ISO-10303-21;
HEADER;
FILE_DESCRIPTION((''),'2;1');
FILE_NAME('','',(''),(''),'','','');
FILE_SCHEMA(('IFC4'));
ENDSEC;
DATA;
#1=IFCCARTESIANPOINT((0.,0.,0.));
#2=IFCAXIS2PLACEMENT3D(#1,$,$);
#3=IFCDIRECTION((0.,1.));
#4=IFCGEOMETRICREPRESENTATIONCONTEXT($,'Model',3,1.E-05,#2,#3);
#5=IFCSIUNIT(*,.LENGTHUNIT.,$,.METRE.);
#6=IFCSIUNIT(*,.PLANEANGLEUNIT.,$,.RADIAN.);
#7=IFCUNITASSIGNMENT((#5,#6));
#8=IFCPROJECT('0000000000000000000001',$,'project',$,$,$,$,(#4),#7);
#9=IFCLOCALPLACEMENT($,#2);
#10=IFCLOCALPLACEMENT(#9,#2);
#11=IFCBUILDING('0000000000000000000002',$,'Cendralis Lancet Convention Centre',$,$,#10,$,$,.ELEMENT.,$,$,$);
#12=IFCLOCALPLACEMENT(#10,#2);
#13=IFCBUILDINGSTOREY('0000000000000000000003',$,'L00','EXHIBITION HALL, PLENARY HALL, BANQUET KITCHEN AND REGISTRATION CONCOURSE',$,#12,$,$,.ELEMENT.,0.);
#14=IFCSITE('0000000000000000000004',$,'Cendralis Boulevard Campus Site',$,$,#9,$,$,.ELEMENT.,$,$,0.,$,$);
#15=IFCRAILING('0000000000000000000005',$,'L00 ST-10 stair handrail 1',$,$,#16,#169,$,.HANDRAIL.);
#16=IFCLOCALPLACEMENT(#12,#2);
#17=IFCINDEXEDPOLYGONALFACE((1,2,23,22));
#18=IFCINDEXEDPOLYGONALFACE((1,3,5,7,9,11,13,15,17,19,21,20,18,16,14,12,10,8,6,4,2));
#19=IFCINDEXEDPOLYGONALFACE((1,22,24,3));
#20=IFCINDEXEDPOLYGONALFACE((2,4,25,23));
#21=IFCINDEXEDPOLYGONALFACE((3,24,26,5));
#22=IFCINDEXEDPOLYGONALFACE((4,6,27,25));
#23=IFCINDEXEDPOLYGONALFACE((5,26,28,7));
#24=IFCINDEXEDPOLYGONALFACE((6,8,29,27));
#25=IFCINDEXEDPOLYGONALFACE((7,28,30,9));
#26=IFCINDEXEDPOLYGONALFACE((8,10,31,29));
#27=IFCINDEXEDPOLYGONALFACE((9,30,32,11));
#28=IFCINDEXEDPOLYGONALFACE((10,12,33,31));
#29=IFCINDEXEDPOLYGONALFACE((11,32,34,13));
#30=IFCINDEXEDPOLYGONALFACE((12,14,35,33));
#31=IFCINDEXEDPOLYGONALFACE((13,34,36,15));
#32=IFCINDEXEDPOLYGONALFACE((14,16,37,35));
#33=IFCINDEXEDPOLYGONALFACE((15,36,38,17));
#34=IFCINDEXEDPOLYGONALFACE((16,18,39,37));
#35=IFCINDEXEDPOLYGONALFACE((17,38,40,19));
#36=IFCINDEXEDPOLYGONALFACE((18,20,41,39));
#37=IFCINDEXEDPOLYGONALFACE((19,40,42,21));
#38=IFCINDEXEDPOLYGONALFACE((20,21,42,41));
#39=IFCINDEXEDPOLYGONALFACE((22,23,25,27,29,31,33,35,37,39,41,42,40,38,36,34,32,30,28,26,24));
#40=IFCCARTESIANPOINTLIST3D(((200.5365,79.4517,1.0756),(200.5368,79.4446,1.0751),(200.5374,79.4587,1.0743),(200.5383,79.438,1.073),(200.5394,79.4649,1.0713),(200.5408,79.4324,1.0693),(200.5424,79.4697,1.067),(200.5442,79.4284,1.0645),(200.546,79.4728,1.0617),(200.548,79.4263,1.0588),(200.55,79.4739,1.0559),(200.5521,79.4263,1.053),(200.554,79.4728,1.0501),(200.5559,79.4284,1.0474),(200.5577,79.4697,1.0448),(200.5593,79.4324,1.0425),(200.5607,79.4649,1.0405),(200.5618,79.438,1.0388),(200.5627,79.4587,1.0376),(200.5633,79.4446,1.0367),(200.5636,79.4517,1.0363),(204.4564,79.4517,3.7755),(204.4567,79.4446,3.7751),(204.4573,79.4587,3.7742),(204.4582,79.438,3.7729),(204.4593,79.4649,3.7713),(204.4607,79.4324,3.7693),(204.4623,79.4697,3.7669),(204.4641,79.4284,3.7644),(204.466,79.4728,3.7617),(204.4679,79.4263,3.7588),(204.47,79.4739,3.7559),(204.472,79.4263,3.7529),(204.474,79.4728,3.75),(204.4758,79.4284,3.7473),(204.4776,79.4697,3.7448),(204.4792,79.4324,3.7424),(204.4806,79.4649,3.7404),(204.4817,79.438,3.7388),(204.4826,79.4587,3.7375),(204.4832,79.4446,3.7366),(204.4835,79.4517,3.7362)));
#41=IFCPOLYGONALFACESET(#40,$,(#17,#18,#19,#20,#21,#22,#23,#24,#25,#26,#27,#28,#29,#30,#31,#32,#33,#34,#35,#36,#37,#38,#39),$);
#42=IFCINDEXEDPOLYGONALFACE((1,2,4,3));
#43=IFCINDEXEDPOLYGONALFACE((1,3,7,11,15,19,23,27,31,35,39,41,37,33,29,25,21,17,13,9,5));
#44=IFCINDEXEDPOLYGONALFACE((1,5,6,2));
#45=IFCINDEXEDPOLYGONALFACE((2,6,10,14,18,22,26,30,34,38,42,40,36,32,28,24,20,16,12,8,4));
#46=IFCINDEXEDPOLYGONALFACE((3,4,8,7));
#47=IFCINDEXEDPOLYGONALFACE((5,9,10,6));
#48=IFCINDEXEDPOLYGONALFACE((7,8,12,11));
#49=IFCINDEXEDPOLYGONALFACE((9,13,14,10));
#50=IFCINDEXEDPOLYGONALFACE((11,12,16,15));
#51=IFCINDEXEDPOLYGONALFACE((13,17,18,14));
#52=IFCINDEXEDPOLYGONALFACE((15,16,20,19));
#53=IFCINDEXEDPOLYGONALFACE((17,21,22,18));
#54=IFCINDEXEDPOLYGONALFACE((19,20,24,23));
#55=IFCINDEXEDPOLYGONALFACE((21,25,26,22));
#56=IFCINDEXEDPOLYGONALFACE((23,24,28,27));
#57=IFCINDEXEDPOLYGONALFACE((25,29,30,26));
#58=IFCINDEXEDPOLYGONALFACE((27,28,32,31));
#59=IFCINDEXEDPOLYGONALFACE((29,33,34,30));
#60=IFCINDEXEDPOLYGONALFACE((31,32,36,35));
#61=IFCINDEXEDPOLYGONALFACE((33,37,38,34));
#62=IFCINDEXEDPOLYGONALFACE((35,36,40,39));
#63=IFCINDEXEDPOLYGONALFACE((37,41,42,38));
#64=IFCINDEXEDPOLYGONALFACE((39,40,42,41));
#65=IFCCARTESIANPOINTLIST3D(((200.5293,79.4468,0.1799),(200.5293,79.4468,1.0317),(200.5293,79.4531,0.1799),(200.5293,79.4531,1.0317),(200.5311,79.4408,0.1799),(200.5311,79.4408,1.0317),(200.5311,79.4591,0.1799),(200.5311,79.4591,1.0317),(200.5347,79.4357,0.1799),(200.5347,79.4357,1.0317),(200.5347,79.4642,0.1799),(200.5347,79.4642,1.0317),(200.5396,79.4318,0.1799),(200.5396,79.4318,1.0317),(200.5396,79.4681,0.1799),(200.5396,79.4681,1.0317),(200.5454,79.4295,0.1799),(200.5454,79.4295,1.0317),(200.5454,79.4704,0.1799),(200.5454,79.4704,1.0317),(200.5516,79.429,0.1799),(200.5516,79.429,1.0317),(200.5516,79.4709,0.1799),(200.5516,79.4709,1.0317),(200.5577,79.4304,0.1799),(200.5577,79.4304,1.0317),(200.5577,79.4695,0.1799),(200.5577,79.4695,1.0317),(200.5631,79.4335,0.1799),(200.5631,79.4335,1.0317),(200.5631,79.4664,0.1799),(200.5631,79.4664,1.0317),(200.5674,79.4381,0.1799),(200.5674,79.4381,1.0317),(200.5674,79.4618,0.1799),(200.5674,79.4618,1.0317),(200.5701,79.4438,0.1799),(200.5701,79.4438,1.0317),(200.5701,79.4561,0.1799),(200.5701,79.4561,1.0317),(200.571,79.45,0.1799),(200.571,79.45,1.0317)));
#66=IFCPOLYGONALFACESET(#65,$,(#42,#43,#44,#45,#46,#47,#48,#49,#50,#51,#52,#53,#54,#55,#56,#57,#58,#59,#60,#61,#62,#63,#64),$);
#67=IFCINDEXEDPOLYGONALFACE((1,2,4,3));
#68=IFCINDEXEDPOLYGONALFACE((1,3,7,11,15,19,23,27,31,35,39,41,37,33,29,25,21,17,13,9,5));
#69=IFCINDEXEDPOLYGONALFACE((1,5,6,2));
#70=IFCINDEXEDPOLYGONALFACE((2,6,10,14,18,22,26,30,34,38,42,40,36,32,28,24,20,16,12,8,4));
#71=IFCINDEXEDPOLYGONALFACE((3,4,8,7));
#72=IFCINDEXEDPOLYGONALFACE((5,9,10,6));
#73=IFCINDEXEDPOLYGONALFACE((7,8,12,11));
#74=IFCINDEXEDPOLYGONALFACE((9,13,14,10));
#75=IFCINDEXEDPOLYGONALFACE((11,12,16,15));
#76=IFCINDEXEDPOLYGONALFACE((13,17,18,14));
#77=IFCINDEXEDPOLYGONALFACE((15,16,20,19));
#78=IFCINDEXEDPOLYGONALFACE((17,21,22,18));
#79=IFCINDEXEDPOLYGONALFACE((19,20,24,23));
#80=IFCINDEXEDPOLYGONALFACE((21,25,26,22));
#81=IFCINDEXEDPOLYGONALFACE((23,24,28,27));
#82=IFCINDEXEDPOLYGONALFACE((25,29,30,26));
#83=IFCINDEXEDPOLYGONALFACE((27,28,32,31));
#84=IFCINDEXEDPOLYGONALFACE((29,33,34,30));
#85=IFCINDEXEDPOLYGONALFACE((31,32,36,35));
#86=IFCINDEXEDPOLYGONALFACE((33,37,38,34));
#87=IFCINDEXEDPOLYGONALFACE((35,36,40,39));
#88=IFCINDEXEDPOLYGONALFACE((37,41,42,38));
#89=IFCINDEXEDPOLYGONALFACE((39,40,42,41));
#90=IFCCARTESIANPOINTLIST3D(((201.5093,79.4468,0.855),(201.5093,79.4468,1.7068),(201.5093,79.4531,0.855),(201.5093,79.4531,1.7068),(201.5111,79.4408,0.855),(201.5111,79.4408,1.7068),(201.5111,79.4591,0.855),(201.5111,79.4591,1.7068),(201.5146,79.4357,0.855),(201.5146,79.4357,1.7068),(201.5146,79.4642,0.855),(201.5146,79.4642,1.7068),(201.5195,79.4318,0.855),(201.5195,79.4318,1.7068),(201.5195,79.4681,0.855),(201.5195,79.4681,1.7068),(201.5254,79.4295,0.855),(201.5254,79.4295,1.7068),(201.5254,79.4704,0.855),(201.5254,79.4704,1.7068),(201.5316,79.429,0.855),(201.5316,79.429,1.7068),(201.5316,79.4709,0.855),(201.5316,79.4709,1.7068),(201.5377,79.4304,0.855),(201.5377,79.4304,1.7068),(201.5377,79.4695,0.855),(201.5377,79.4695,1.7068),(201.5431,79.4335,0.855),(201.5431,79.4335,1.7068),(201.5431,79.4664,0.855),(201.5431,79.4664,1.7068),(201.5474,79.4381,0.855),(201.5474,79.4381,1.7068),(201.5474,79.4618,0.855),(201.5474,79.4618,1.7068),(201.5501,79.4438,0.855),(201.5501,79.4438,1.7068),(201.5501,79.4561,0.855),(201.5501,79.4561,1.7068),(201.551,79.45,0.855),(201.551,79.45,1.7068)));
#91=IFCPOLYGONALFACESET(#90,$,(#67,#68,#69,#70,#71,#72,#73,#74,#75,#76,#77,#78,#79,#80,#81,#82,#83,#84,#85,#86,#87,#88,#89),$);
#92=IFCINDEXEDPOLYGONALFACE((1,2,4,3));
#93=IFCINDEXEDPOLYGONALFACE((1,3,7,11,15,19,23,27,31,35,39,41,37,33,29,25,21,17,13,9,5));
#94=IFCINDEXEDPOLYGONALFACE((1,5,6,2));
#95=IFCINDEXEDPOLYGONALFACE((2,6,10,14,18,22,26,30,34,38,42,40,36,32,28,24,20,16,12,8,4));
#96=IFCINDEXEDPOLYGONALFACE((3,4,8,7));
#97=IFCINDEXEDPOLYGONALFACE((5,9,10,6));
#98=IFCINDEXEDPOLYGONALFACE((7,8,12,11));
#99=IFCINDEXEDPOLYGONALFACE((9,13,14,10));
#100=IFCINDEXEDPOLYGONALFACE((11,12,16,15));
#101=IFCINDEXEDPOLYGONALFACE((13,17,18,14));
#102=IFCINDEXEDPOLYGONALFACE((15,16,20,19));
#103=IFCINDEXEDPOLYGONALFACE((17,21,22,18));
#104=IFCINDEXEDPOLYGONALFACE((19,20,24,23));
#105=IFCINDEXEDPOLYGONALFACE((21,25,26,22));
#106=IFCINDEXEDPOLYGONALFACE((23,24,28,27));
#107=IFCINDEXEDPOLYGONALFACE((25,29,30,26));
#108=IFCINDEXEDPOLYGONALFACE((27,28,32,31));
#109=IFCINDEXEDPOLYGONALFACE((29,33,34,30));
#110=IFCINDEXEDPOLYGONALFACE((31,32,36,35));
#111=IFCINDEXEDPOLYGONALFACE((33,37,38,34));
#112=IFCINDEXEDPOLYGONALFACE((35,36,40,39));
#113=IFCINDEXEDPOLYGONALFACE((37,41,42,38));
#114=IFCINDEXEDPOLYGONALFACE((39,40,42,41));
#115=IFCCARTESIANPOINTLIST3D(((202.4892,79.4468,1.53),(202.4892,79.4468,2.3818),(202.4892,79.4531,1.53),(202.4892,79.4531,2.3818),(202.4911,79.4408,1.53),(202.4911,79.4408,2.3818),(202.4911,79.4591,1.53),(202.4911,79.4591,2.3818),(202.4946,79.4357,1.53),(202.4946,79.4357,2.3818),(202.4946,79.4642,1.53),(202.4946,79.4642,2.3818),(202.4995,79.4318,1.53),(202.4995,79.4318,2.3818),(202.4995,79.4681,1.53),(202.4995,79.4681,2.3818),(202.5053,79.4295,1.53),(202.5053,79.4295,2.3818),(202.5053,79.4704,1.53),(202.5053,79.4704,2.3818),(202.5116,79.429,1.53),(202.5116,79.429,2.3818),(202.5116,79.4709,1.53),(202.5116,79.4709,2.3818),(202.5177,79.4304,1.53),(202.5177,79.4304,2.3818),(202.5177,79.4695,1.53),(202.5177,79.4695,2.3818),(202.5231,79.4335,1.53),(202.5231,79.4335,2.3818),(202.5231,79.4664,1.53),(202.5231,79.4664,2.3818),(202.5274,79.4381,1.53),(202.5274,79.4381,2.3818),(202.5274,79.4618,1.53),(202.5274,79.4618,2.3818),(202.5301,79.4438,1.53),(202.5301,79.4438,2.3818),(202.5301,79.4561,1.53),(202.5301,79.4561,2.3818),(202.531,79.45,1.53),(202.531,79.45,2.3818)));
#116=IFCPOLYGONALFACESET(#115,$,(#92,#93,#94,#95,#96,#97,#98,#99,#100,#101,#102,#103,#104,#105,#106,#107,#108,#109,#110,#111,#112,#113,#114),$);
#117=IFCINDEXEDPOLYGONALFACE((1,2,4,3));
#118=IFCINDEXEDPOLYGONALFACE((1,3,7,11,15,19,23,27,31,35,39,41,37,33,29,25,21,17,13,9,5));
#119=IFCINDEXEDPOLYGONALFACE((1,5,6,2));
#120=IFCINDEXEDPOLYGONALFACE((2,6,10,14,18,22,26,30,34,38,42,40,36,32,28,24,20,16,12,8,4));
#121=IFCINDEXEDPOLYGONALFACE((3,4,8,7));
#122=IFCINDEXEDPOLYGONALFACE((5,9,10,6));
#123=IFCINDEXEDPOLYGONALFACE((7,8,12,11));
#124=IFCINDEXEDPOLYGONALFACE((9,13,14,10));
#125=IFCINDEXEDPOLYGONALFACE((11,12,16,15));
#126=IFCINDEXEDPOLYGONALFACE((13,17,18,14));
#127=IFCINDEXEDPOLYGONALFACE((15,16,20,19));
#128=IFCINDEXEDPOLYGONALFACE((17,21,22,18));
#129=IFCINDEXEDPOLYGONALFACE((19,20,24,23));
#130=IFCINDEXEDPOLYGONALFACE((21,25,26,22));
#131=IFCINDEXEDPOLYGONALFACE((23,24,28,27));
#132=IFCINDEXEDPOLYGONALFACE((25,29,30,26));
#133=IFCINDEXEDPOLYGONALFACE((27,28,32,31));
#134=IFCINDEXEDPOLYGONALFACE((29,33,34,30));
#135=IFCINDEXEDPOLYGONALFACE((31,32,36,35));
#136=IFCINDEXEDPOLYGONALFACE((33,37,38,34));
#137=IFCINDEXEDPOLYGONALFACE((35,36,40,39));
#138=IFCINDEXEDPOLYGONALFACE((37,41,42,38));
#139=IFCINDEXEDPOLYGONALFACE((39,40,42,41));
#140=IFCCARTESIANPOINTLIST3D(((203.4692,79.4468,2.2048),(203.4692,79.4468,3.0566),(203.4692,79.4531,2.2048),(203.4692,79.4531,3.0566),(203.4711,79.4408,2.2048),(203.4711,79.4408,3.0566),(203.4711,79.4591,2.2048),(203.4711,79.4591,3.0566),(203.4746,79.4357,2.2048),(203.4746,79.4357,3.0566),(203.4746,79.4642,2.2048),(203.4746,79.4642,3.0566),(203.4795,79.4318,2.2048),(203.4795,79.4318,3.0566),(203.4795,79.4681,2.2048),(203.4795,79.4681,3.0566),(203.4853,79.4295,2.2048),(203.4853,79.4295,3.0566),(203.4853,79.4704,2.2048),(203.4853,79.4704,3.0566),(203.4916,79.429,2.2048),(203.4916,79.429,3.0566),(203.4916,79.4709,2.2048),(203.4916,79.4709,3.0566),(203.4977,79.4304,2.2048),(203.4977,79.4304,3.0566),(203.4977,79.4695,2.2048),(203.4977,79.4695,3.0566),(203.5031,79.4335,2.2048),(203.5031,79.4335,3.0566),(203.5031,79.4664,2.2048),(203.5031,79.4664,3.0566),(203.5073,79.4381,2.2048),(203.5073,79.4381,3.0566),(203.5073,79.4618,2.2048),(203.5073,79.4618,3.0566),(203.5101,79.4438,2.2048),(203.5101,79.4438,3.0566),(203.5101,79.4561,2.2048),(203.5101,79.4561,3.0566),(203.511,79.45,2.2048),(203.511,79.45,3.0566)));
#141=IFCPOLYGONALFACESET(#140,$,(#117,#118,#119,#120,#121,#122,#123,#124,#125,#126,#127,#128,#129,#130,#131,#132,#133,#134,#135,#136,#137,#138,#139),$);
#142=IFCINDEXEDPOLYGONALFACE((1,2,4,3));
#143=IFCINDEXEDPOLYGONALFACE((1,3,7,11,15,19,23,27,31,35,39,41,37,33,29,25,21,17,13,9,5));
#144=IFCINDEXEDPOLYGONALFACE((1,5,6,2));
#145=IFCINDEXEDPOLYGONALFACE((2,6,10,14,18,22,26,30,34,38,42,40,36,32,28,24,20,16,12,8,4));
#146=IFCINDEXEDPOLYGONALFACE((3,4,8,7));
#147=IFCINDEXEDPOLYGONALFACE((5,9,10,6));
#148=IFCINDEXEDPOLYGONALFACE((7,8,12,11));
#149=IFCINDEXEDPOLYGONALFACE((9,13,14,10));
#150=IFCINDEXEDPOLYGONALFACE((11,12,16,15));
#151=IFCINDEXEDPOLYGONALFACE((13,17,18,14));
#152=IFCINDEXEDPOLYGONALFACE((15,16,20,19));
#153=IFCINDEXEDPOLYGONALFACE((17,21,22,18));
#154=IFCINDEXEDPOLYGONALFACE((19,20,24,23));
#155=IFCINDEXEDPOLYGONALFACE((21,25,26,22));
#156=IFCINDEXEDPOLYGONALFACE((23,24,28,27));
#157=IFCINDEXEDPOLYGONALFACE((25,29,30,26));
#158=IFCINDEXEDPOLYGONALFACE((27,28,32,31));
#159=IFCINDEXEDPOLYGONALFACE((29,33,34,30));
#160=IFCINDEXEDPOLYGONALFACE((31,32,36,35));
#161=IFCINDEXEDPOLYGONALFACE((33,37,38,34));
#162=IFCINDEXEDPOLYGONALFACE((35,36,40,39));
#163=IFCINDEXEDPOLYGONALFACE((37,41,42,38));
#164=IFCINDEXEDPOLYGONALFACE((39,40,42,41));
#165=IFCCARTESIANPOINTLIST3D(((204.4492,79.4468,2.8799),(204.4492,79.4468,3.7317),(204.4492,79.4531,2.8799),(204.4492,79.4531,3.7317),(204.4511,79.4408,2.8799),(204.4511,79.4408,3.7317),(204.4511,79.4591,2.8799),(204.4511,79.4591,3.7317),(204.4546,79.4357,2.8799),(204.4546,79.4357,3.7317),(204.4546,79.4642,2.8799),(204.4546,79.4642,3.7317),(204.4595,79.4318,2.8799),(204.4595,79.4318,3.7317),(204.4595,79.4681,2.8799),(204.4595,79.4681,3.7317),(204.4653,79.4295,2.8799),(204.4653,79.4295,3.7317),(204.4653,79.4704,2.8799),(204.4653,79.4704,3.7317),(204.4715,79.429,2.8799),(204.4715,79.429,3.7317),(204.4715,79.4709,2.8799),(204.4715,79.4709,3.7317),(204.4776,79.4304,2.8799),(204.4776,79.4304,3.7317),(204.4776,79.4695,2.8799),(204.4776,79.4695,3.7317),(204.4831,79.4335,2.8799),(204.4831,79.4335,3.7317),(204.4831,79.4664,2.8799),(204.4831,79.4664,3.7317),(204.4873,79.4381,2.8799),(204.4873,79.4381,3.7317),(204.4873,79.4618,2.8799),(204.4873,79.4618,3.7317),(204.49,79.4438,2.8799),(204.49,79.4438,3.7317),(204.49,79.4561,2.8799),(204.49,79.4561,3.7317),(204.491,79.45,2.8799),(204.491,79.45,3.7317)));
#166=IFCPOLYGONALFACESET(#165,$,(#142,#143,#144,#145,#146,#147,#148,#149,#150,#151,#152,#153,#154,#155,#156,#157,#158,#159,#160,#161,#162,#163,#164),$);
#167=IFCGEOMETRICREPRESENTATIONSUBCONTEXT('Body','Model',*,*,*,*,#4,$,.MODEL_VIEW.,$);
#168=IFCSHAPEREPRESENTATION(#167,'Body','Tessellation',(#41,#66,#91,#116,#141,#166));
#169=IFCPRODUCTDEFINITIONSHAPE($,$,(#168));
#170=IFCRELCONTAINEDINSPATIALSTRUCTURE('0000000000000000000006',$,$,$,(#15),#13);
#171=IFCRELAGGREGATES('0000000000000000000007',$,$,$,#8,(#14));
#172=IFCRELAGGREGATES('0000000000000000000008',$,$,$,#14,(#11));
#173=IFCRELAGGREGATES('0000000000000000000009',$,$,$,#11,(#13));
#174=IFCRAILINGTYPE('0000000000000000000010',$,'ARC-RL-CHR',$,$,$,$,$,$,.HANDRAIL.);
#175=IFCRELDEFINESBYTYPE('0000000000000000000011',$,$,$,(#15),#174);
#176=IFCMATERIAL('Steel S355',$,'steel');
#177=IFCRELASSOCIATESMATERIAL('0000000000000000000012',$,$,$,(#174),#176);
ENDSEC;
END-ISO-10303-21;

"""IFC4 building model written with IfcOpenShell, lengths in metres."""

from ifc_helpers import new_model, si_unit, direction, frame, origin, origin_2d, place, context, subcontext, project, spatial, circle, extrude, material, type_object, element, save


model = new_model("IFC4")

# Units and contexts
model_context = context("Model", 3, precision=1e-05, world=origin(), true_north=direction((0.0, 1.0)))
body_context = subcontext(model_context, "Body", "Model", "MODEL_VIEW")
ifc_project = project(units=[si_unit("LENGTHUNIT", "METRE"), si_unit("PLANEANGLEUNIT", "RADIAN")], contexts=[model_context])

# Site, building, storey
site_placement = place(None, origin())
site = spatial("IfcSite", under=ifc_project, at=site_placement, Name="Cendralis Boulevard Campus Site", CompositionType="ELEMENT", RefElevation=0.0)
building_placement = place(site_placement, origin())
building = spatial("IfcBuilding", under=site, at=building_placement, Name="Cendralis Lancet Convention Centre", CompositionType="ELEMENT")
storey_placement = place(building_placement, origin())
storey = spatial("IfcBuildingStorey", under=building, at=storey_placement, Name="L00", Description="EXHIBITION HALL, PLENARY HALL, BANQUET KITCHEN AND REGISTRATION CONCOURSE", CompositionType="ELEMENT", Elevation=0.0)

# Shared definitions
ifc_material_1 = material(Name="Steel S355", Category="steel")

# Railing
railing_type_1 = type_object("IfcRailingType", Name="ARC-RL-CHR", PredefinedType="HANDRAIL", material=ifc_material_1)
railing_1_placement = place(storey_placement, frame((200.55, 79.45, 0.1799)))
element("IfcRailing", 1, at=railing_1_placement, inside=storey, type_object=railing_type_1, Name="L00 ST-10 stair handrail 1", PredefinedType="HANDRAIL", context=body_context, shape_type="SweptSolid", body=[
    extrude(circle(Radius=0.0239, at=origin_2d()), frame((0.0, 0.0, 0.876), z_axis=(0.823551, 0.0, 0.567243), x_axis=(0.0, 1.0, 0.0)), (0.0, 0.0, 1.0), 4.7598),
    extrude(circle(Radius=0.021, at=origin_2d()), origin(), (0.0, 0.0, 1.0), 0.8518),
    extrude(circle(Radius=0.021, at=origin_2d()), frame((0.98, 0.0, 0.675)), (0.0, 0.0, 1.0), 0.8518),
    extrude(circle(Radius=0.021, at=origin_2d()), frame((1.96, 0.0, 1.3501)), (0.0, 0.0, 1.0), 0.8518),
    extrude(circle(Radius=0.021, at=origin_2d()), frame((2.9399, 0.0, 2.0249)), (0.0, 0.0, 1.0), 0.8518),
    extrude(circle(Radius=0.021, at=origin_2d()), frame((3.9199, 0.0, 2.7)), (0.0, 0.0, 1.0), 0.8518),
])

save(model, "model.ifc")
